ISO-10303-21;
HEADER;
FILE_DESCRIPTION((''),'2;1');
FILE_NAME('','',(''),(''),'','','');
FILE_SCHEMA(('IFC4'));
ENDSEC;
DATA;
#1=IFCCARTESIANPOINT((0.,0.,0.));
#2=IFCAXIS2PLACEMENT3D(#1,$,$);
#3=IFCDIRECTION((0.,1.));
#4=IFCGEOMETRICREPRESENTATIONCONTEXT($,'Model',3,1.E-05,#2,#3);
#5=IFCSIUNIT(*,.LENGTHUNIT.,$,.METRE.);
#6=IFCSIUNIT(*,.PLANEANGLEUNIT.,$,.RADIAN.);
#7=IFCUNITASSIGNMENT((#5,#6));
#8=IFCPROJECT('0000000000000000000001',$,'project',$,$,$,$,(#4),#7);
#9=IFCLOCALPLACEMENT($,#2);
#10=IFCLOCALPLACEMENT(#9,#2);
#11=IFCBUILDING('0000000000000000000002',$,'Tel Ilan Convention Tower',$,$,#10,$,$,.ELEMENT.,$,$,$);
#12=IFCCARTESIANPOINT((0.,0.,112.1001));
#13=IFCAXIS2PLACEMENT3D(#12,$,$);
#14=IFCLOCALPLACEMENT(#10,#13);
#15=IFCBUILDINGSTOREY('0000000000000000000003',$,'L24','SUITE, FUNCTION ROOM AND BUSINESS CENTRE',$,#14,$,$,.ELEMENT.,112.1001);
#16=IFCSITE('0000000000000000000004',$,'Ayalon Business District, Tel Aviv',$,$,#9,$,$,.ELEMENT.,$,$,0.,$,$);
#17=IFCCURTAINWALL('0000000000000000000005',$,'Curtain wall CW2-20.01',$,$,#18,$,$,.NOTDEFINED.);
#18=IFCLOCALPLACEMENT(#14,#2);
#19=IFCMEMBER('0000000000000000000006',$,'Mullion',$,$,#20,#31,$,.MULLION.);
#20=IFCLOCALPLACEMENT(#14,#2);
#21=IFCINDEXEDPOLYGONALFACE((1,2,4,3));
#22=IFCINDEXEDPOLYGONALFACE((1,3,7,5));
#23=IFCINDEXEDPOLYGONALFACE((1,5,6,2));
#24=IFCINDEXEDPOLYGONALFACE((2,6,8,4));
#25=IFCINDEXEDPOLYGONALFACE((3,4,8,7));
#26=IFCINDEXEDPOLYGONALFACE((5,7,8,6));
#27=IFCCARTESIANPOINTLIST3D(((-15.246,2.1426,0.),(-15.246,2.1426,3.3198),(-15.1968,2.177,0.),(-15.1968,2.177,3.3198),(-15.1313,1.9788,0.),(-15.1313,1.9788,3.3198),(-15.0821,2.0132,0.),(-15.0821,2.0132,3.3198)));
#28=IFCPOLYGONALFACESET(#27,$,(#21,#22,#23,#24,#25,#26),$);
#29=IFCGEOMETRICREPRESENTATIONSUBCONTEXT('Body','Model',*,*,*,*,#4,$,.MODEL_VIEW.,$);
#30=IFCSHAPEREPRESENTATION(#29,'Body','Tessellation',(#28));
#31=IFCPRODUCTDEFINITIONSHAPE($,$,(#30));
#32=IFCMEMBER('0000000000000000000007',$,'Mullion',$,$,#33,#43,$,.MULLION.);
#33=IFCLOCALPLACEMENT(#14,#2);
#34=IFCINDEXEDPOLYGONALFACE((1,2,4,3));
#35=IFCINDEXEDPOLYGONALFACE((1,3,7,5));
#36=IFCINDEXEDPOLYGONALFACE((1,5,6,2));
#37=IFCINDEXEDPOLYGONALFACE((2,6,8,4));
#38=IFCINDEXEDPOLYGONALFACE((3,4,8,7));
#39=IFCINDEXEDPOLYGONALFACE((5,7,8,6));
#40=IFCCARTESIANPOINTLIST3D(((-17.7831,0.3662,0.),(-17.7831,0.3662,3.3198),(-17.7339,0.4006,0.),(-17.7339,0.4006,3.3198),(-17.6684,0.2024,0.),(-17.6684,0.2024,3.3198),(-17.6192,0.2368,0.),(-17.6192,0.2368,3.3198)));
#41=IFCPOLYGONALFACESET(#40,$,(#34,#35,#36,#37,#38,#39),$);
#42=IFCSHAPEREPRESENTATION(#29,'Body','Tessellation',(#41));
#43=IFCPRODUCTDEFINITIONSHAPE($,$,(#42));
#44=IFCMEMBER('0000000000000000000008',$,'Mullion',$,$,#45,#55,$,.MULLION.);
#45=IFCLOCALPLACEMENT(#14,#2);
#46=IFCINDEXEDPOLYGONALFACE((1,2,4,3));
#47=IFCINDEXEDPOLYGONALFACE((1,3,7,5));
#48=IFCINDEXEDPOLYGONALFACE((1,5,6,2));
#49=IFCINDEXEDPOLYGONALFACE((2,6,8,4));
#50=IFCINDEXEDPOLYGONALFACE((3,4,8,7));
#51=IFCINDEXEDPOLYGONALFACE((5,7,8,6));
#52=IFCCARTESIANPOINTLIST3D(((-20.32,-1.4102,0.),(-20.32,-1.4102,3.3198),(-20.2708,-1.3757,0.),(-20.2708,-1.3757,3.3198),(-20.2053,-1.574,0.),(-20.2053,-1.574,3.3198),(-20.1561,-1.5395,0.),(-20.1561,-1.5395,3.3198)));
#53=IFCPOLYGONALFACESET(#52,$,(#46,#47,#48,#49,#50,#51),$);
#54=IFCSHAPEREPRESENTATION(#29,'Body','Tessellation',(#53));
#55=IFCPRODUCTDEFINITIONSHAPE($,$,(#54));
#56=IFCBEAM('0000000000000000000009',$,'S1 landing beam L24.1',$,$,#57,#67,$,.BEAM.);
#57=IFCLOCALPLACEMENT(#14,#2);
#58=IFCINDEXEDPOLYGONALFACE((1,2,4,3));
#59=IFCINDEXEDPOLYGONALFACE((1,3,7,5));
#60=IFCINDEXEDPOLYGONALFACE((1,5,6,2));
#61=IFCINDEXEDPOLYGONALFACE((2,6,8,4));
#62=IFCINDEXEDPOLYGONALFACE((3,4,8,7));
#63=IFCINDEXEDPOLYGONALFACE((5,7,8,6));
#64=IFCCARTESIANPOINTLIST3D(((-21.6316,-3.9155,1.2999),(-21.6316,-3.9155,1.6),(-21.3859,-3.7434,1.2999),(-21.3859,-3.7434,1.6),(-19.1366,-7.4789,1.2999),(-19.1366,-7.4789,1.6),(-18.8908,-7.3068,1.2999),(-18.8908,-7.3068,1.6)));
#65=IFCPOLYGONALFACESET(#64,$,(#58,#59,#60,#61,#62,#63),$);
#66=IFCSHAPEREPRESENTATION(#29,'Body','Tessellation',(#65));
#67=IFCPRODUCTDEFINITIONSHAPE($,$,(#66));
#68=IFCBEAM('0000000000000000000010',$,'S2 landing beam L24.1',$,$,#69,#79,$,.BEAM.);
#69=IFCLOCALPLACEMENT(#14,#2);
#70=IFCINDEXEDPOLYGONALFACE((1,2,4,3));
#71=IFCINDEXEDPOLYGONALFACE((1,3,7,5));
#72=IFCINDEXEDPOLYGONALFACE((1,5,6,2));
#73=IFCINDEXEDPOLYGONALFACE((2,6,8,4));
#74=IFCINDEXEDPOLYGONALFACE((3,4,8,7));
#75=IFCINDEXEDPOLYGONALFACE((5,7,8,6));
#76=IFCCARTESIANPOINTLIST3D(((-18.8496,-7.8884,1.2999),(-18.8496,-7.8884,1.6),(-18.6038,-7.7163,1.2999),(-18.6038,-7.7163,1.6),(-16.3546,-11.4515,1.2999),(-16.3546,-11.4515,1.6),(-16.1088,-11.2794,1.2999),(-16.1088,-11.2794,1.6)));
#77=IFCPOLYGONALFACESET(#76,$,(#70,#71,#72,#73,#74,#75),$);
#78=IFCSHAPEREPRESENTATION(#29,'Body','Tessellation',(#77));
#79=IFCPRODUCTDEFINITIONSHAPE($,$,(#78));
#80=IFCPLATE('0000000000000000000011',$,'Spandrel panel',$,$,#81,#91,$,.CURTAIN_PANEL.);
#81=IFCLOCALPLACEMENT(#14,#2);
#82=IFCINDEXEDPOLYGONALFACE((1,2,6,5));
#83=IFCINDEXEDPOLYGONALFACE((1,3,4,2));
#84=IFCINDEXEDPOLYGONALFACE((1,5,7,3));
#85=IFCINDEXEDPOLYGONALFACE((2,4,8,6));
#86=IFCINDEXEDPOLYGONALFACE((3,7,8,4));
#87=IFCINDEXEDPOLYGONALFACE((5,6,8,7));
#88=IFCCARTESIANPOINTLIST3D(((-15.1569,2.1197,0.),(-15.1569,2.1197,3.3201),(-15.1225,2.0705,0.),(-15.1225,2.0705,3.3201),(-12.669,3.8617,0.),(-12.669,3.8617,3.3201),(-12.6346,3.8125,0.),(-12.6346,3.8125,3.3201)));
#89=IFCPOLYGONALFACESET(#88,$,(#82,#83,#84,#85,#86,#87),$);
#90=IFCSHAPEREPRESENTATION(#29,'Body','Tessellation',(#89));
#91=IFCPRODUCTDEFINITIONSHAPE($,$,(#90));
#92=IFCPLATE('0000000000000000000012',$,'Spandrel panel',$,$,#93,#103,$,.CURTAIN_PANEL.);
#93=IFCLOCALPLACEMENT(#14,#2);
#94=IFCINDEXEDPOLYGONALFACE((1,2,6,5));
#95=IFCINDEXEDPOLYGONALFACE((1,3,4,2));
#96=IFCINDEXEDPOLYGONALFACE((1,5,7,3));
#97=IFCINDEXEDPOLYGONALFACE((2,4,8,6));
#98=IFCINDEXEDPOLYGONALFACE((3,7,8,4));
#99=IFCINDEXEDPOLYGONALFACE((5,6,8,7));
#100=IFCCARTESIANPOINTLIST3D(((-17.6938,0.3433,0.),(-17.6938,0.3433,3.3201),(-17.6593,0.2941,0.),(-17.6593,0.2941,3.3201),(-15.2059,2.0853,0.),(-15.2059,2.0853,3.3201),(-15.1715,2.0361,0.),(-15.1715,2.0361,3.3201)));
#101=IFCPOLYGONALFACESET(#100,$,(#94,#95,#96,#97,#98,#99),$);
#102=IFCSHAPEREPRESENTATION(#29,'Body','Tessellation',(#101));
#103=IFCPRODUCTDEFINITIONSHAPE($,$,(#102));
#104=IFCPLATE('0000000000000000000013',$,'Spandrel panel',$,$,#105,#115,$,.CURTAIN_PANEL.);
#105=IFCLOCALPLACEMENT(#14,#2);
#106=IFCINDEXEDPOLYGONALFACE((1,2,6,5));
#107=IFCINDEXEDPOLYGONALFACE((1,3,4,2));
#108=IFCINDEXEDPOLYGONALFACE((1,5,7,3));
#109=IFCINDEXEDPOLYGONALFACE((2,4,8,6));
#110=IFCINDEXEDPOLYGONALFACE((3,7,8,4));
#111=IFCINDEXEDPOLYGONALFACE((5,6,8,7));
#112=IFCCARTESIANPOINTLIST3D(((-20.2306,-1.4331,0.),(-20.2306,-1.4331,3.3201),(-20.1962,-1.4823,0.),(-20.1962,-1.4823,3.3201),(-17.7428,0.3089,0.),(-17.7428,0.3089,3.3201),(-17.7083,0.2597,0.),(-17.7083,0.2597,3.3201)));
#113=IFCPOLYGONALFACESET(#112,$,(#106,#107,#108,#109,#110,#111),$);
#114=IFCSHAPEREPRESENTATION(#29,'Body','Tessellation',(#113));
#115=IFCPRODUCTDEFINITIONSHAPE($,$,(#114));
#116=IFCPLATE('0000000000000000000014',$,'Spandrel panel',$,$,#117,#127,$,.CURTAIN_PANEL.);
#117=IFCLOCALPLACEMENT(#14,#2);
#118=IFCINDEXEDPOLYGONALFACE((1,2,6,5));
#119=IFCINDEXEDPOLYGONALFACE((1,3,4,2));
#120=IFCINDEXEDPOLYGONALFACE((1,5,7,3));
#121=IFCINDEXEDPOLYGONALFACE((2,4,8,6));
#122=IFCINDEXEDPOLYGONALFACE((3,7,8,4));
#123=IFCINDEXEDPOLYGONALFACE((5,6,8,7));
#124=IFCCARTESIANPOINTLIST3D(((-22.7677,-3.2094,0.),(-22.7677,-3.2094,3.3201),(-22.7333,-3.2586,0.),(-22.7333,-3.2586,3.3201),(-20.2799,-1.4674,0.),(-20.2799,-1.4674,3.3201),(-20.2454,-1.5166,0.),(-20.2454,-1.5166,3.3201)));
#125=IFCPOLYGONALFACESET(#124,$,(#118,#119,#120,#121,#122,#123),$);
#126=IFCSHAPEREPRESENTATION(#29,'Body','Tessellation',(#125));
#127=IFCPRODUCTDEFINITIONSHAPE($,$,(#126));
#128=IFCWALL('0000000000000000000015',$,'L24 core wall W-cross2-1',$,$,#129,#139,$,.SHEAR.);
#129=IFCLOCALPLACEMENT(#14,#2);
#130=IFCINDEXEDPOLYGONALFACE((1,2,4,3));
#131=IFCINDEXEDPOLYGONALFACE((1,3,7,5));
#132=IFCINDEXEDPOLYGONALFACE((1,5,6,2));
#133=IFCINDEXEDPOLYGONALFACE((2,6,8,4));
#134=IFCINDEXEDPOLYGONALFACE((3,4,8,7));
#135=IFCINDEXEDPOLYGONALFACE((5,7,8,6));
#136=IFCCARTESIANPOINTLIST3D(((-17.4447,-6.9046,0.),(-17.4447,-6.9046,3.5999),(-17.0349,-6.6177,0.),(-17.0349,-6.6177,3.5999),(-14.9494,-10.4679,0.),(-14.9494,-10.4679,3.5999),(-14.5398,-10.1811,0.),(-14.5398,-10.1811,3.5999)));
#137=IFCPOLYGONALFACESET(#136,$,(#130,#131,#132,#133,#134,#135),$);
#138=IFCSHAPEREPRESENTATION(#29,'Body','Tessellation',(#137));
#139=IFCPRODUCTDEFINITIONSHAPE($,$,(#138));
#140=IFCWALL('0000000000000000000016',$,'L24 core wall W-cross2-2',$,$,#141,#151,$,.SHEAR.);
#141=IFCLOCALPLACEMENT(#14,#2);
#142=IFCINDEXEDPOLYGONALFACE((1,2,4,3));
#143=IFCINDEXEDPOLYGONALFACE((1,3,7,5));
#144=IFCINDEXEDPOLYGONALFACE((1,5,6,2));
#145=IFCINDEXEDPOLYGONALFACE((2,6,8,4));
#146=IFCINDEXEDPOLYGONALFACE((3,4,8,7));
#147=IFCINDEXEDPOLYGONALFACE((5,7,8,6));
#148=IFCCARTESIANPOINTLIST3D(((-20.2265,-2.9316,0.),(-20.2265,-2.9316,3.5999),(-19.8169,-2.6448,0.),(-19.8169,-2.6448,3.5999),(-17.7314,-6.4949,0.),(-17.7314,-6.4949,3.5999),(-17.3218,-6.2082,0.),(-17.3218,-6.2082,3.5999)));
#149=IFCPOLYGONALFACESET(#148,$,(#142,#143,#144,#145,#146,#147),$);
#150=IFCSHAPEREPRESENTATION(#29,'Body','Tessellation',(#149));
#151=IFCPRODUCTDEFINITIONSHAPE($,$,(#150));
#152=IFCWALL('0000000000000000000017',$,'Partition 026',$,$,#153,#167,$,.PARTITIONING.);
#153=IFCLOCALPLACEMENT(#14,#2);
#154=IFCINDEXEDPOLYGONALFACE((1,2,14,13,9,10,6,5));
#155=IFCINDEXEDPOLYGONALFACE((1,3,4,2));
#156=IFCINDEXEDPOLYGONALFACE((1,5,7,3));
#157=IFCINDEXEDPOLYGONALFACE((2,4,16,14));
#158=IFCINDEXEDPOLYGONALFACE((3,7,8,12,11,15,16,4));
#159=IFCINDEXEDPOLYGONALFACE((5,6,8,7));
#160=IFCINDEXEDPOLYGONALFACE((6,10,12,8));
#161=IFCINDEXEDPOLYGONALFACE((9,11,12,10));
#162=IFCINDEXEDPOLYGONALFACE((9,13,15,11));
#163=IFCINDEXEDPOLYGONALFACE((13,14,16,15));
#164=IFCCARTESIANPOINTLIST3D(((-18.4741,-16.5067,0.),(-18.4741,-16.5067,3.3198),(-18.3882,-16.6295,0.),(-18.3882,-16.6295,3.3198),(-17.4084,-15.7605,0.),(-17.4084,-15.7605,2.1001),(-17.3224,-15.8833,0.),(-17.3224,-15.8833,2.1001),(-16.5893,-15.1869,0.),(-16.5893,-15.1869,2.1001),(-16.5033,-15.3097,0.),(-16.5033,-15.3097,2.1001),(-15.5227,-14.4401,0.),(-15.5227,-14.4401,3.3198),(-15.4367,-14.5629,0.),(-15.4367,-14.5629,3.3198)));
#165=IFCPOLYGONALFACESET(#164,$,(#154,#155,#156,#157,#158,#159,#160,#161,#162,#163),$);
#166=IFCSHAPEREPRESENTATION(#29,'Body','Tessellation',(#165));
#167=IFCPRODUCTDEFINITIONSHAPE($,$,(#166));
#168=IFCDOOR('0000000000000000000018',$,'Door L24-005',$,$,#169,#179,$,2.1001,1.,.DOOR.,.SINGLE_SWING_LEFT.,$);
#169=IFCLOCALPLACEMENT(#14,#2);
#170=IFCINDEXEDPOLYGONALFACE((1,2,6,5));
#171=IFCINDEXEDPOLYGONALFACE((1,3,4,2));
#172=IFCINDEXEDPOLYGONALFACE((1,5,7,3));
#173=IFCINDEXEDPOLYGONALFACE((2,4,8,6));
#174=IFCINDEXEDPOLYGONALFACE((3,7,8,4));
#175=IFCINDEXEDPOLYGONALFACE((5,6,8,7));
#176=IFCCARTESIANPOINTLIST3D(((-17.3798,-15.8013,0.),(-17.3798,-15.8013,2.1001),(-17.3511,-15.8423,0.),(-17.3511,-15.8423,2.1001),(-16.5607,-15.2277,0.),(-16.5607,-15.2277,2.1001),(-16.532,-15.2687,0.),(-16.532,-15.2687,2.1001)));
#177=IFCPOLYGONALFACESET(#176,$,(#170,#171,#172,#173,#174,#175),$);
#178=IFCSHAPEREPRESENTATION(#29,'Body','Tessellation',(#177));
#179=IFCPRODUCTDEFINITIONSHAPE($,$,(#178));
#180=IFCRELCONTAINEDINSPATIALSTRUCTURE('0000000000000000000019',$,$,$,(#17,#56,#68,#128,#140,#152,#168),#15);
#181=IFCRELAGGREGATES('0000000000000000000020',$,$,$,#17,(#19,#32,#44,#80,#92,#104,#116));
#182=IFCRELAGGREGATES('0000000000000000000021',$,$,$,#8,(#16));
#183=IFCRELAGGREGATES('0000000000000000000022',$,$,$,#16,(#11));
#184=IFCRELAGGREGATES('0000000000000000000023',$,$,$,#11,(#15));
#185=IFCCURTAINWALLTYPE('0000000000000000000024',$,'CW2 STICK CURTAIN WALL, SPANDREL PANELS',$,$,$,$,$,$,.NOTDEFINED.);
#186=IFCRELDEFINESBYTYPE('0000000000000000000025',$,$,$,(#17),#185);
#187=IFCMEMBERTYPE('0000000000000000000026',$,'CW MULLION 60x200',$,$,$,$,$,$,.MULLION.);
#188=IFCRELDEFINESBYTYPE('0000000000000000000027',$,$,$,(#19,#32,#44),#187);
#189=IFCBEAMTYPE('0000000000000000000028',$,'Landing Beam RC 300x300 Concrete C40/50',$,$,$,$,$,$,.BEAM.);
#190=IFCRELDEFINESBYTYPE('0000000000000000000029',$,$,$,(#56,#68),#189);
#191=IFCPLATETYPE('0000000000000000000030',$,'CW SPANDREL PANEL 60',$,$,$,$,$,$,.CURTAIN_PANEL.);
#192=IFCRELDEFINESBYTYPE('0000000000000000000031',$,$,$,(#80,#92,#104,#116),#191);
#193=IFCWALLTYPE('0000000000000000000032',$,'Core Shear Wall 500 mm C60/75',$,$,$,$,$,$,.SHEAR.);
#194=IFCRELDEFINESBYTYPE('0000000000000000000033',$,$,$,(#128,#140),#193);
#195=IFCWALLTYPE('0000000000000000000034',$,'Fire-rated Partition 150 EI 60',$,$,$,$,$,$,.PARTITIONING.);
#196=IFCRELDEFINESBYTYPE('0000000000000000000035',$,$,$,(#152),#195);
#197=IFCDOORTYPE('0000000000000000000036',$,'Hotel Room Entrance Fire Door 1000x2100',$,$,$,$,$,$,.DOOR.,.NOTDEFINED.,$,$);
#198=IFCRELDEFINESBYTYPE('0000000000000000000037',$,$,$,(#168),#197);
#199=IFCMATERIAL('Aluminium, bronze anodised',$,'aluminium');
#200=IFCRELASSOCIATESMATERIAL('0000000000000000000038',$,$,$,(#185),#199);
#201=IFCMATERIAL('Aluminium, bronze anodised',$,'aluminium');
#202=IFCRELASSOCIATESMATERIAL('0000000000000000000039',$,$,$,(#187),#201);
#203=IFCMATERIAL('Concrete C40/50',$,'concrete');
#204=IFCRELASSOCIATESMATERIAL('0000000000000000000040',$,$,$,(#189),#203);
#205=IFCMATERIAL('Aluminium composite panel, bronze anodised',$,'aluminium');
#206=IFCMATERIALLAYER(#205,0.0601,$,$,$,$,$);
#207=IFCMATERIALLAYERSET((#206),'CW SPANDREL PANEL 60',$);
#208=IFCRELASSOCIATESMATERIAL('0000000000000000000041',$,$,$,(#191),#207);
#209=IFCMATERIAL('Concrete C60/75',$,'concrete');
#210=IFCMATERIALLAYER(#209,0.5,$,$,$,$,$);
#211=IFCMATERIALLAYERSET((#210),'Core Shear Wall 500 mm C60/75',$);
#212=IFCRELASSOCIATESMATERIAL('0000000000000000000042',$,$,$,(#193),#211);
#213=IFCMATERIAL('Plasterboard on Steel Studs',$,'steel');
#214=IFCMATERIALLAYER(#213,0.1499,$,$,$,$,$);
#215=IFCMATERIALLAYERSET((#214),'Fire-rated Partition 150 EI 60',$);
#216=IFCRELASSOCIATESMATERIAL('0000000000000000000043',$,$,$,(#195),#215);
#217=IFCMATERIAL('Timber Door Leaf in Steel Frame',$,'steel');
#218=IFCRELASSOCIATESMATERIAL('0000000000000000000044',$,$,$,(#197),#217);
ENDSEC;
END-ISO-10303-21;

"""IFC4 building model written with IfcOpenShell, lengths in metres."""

from ifc_helpers import new_model, si_unit, direction, frame, frame_2d, origin, origin_2d, place, context, subcontext, project, spatial, polyline, rectangle, outline, extrude, material, layer, layer_set, material_profile, profile_set, type_object, element, fill, aggregate, save


model = new_model("IFC4")

# Units and contexts
model_context = context("Model", 3, precision=1e-05, world=origin(), true_north=direction((0.0, 1.0)))
body_context = subcontext(model_context, "Body", "Model", "MODEL_VIEW")
ifc_project = project(units=[si_unit("LENGTHUNIT", "METRE"), si_unit("PLANEANGLEUNIT", "RADIAN")], contexts=[model_context])

# Site, building, storey
site_placement = place(None, origin())
site = spatial("IfcSite", under=ifc_project, at=site_placement, Name="Ayalon Business District, Tel Aviv", CompositionType="ELEMENT", RefElevation=0.0)
building_placement = place(site_placement, origin())
building = spatial("IfcBuilding", under=site, at=building_placement, Name="Tel Ilan Convention Tower", CompositionType="ELEMENT")
storey_placement = place(building_placement, frame((0.0, 0.0, 112.1001)))
storey = spatial("IfcBuildingStorey", under=building, at=storey_placement, Name="L24", Description="SUITE, FUNCTION ROOM AND BUSINESS CENTRE", CompositionType="ELEMENT", Elevation=112.1001)

# Curtain wall, members
ifc_material_1 = material(Name="Aluminium, bronze anodised", Category="aluminium")
curtain_wall_type = type_object("IfcCurtainWallType", Name="CW2 STICK CURTAIN WALL, SPANDREL PANELS", PredefinedType="NOTDEFINED", material=ifc_material_1)
curtain_wall_placement = place(storey_placement, origin())
curtain_wall = element("IfcCurtainWall", 1, at=curtain_wall_placement, inside=storey, type_object=curtain_wall_type, Name="Curtain wall CW2-20.01", PredefinedType="NOTDEFINED")
ifc_material_2 = material(Name="Aluminium, bronze anodised", Category="aluminium")
ifc_material_profile_1 = material_profile(ifc_material_2, rectangle(XDim=0.0601, YDim=0.2, at=origin_2d()), Name="CW MULLION 60x200")
ifc_profile_set_1 = profile_set([ifc_material_profile_1], Name="Aluminium, bronze anodised")
member_type = type_object("IfcMemberType", Name="CW MULLION 60x200", PredefinedType="MULLION", material=ifc_profile_set_1)
member_1_placement = place(storey_placement, frame((-15.1641, 2.0779, 0.0), z_axis=(0.0, 0.0, 1.0), x_axis=(-0.819152, -0.573576, 0.0)))
member_1 = element("IfcMember", 2, at=member_1_placement, type_object=member_type, Name="Mullion", PredefinedType="MULLION", context=body_context, shape_type="SweptSolid", body=[
    extrude(rectangle(XDim=0.0601, YDim=0.2, at=origin_2d()), origin(), (0.0, 0.0, 1.0), 3.3198),
])
member_2_placement = place(storey_placement, frame((-17.7012, 0.3015, 0.0), z_axis=(0.0, 0.0, 1.0), x_axis=(-0.819152, -0.573576, 0.0)))
member_2 = element("IfcMember", 3, at=member_2_placement, type_object=member_type, Name="Mullion", PredefinedType="MULLION", context=body_context, shape_type="SweptSolid", body=[
    extrude(rectangle(XDim=0.0601, YDim=0.2, at=origin_2d()), origin(), (0.0, 0.0, 1.0), 3.3198),
])
member_3_placement = place(storey_placement, frame((-20.238, -1.4749, 0.0), z_axis=(0.0, 0.0, 1.0), x_axis=(-0.819152, -0.573576, 0.0)))
member_3 = element("IfcMember", 4, at=member_3_placement, type_object=member_type, Name="Mullion", PredefinedType="MULLION", context=body_context, shape_type="SweptSolid", body=[
    extrude(rectangle(XDim=0.0601, YDim=0.2, at=origin_2d()), origin(), (0.0, 0.0, 1.0), 3.3198),
])

# Beams
ifc_material_3 = material(Name="Concrete C40/50", Category="concrete")
ifc_material_profile_2 = material_profile(ifc_material_3, rectangle(XDim=0.3, YDim=0.3, at=origin_2d()), Name="RC 300x300")
ifc_profile_set_2 = profile_set([ifc_material_profile_2], Name="Concrete C40/50")
beam_type = type_object("IfcBeamType", Name="Landing Beam RC 300x300 Concrete C40/50", PredefinedType="BEAM", material=ifc_profile_set_2)
beam_1_placement = place(storey_placement, frame((-19.0137, -7.3928, 1.45), z_axis=(-0.573568, 0.819158, 0.0), x_axis=(-0.819158, -0.573568, 0.0)))
element("IfcBeam", 5, at=beam_1_placement, inside=storey, type_object=beam_type, Name="S1 landing beam L24.1", PredefinedType="BEAM", context=body_context, shape_type="SweptSolid", body=[
    extrude(rectangle(XDim=0.3, YDim=0.3, at=origin_2d()), origin(), (0.0, 0.0, 1.0), 4.3501),
])
beam_2_placement = place(storey_placement, frame((-16.2317, -11.3655, 1.45), z_axis=(-0.573594, 0.81914, 0.0), x_axis=(-0.81914, -0.573594, 0.0)))
element("IfcBeam", 6, at=beam_2_placement, inside=storey, type_object=beam_type, Name="S2 landing beam L24.1", PredefinedType="BEAM", context=body_context, shape_type="SweptSolid", body=[
    extrude(rectangle(XDim=0.3, YDim=0.3, at=origin_2d()), origin(), (0.0, 0.0, 1.0), 4.3499),
])

# Plates
ifc_material_4 = material(Name="Aluminium composite panel, bronze anodised", Category="aluminium")
ifc_layer_1 = layer(ifc_material_4, 0.0601)
ifc_layer_set_1 = layer_set([ifc_layer_1], Name="CW SPANDREL PANEL 60")
plate_type = type_object("IfcPlateType", Name="CW SPANDREL PANEL 60", PredefinedType="CURTAIN_PANEL", material=ifc_layer_set_1)
plate_1_placement = place(storey_placement, frame((-13.8958, 2.9661, 0.0), z_axis=(0.0, 0.0, 1.0), x_axis=(-0.819152, -0.573576, 0.0)))
plate_1 = element("IfcPlate", 7, at=plate_1_placement, type_object=plate_type, Name="Spandrel panel", PredefinedType="CURTAIN_PANEL", context=body_context, shape_type="SweptSolid", body=[
    extrude(rectangle(XDim=3.0371, YDim=0.0601, at=origin_2d()), origin(), (0.0, 0.0, 1.0), 3.3201),
])
plate_2_placement = place(storey_placement, frame((-16.4326, 1.1897, 0.0), z_axis=(0.0, 0.0, 1.0), x_axis=(-0.819152, -0.573576, 0.0)))
plate_2 = element("IfcPlate", 8, at=plate_2_placement, type_object=plate_type, Name="Spandrel panel", PredefinedType="CURTAIN_PANEL", context=body_context, shape_type="SweptSolid", body=[
    extrude(rectangle(XDim=3.0371, YDim=0.0601, at=origin_2d()), origin(), (0.0, 0.0, 1.0), 3.3201),
])
plate_3_placement = place(storey_placement, frame((-18.9695, -0.5867, 0.0), z_axis=(0.0, 0.0, 1.0), x_axis=(-0.819152, -0.573576, 0.0)))
plate_3 = element("IfcPlate", 9, at=plate_3_placement, type_object=plate_type, Name="Spandrel panel", PredefinedType="CURTAIN_PANEL", context=body_context, shape_type="SweptSolid", body=[
    extrude(rectangle(XDim=3.0371, YDim=0.0601, at=origin_2d()), origin(), (0.0, 0.0, 1.0), 3.3201),
])
plate_4_placement = place(storey_placement, frame((-21.5066, -2.363, 0.0), z_axis=(0.0, 0.0, 1.0), x_axis=(-0.819152, -0.573576, 0.0)))
plate_4 = element("IfcPlate", 10, at=plate_4_placement, type_object=plate_type, Name="Spandrel panel", PredefinedType="CURTAIN_PANEL", context=body_context, shape_type="SweptSolid", body=[
    extrude(rectangle(XDim=3.0371, YDim=0.0601, at=origin_2d()), origin(), (0.0, 0.0, 1.0), 3.3201),
])
aggregate(curtain_wall, [member_1, member_2, member_3, plate_1, plate_2, plate_3, plate_4])

# Walls
ifc_material_5 = material(Name="Concrete C60/75", Category="concrete")
ifc_layer_2 = layer(ifc_material_5, 0.5)
ifc_layer_set_2 = layer_set([ifc_layer_2], Name="Core Shear Wall 500 mm C60/75")
wall_type_1 = type_object("IfcWallType", Name="Core Shear Wall 500 mm C60/75", PredefinedType="SHEAR", material=ifc_layer_set_2)
wall_1_placement = place(storey_placement, frame((-14.7446, -10.3245, 0.0), z_axis=(0.0, 0.0, 1.0), x_axis=(-0.573568, 0.819158, 0.0)))
element("IfcWall", 11, at=wall_1_placement, inside=storey, type_object=wall_type_1, Name="L24 core wall W-cross2-1", PredefinedType="SHEAR", context=body_context, shape_type="SweptSolid", body=[
    extrude(outline(polyline([(4.3501, 0.2502), (0.0, 0.25), (0.0, -0.25), (4.3501, -0.25), (4.3501, 0.2502)])), origin(), (0.0, 0.0, 1.0), 3.5999),
])
wall_2_placement = place(storey_placement, frame((-17.5266, -6.3516, 0.0), z_axis=(0.0, 0.0, 1.0), x_axis=(-0.57353, 0.819184, 0.0)))
element("IfcWall", 12, at=wall_2_placement, inside=storey, type_object=wall_type_1, Name="L24 core wall W-cross2-2", PredefinedType="SHEAR", context=body_context, shape_type="SweptSolid", body=[
    extrude(outline(polyline([(4.3501, -0.2498), (4.3501, 0.2502), (0.0, 0.25), (0.0, -0.25), (4.3501, -0.2498)])), origin(), (0.0, 0.0, 1.0), 3.5999),
])

# Wall, opening, door
ifc_material_6 = material(Name="Plasterboard on Steel Studs", Category="steel")
ifc_layer_3 = layer(ifc_material_6, 0.1499)
ifc_layer_set_3 = layer_set([ifc_layer_3], Name="Fire-rated Partition 150 EI 60")
wall_type_2 = type_object("IfcWallType", Name="Fire-rated Partition 150 EI 60", PredefinedType="PARTITIONING", material=ifc_layer_set_3)
wall_3_placement = place(storey_placement, frame((-15.4797, -14.5015, 0.0), z_axis=(0.0, 0.0, 1.0), x_axis=(-0.819146, -0.573585, 0.0)))
wall_3 = element("IfcWall", 13, at=wall_3_placement, inside=storey, type_object=wall_type_2, Name="Partition 026", PredefinedType="PARTITIONING", context=body_context, shape_type="SweptSolid", body=[
    extrude(rectangle(XDim=3.603, YDim=0.1499, at=frame_2d((1.8015, 0.0))), origin(), (0.0, 0.0, 1.0), 3.3198),
])
opening_placement = place(wall_3_placement, frame((1.302, 0.0, 0.0)))
opening = element("IfcOpeningElement", 14, at=opening_placement, cuts=wall_3, PredefinedType="OPENING", context=body_context, shape_type="SweptSolid", body=[
    extrude(rectangle(XDim=1.0, YDim=2.1001, at=frame_2d((0.5, 1.05))), frame((0.0, 0.085, 0.0), z_axis=(0.0, -1.0, 0.0), x_axis=(1.0, 0.0, 0.0)), (0.0, 0.0, 1.0), 0.1699),
])
ifc_material_7 = material(Name="Timber Door Leaf in Steel Frame", Category="steel")
door_type = type_object("IfcDoorType", Name="Hotel Room Entrance Fire Door 1000x2100", OperationType="NOTDEFINED", PredefinedType="DOOR", material=ifc_material_7)
door_placement = place(opening_placement, origin())
door = element("IfcDoor", 15, at=door_placement, inside=storey, type_object=door_type, Name="Door L24-005", OperationType="SINGLE_SWING_LEFT", OverallHeight=2.1001, OverallWidth=1.0, PredefinedType="DOOR", context=body_context, shape_type="SweptSolid", body=[
    extrude(rectangle(XDim=1.0, YDim=2.1001, at=frame_2d((0.5, 1.05))), frame((0.0, 0.0249, 0.0), z_axis=(0.0, -1.0, 0.0), x_axis=(1.0, 0.0, 0.0)), (0.0, 0.0, 1.0), 0.05),
])
fill(opening, door)

save(model, "model.ifc")
